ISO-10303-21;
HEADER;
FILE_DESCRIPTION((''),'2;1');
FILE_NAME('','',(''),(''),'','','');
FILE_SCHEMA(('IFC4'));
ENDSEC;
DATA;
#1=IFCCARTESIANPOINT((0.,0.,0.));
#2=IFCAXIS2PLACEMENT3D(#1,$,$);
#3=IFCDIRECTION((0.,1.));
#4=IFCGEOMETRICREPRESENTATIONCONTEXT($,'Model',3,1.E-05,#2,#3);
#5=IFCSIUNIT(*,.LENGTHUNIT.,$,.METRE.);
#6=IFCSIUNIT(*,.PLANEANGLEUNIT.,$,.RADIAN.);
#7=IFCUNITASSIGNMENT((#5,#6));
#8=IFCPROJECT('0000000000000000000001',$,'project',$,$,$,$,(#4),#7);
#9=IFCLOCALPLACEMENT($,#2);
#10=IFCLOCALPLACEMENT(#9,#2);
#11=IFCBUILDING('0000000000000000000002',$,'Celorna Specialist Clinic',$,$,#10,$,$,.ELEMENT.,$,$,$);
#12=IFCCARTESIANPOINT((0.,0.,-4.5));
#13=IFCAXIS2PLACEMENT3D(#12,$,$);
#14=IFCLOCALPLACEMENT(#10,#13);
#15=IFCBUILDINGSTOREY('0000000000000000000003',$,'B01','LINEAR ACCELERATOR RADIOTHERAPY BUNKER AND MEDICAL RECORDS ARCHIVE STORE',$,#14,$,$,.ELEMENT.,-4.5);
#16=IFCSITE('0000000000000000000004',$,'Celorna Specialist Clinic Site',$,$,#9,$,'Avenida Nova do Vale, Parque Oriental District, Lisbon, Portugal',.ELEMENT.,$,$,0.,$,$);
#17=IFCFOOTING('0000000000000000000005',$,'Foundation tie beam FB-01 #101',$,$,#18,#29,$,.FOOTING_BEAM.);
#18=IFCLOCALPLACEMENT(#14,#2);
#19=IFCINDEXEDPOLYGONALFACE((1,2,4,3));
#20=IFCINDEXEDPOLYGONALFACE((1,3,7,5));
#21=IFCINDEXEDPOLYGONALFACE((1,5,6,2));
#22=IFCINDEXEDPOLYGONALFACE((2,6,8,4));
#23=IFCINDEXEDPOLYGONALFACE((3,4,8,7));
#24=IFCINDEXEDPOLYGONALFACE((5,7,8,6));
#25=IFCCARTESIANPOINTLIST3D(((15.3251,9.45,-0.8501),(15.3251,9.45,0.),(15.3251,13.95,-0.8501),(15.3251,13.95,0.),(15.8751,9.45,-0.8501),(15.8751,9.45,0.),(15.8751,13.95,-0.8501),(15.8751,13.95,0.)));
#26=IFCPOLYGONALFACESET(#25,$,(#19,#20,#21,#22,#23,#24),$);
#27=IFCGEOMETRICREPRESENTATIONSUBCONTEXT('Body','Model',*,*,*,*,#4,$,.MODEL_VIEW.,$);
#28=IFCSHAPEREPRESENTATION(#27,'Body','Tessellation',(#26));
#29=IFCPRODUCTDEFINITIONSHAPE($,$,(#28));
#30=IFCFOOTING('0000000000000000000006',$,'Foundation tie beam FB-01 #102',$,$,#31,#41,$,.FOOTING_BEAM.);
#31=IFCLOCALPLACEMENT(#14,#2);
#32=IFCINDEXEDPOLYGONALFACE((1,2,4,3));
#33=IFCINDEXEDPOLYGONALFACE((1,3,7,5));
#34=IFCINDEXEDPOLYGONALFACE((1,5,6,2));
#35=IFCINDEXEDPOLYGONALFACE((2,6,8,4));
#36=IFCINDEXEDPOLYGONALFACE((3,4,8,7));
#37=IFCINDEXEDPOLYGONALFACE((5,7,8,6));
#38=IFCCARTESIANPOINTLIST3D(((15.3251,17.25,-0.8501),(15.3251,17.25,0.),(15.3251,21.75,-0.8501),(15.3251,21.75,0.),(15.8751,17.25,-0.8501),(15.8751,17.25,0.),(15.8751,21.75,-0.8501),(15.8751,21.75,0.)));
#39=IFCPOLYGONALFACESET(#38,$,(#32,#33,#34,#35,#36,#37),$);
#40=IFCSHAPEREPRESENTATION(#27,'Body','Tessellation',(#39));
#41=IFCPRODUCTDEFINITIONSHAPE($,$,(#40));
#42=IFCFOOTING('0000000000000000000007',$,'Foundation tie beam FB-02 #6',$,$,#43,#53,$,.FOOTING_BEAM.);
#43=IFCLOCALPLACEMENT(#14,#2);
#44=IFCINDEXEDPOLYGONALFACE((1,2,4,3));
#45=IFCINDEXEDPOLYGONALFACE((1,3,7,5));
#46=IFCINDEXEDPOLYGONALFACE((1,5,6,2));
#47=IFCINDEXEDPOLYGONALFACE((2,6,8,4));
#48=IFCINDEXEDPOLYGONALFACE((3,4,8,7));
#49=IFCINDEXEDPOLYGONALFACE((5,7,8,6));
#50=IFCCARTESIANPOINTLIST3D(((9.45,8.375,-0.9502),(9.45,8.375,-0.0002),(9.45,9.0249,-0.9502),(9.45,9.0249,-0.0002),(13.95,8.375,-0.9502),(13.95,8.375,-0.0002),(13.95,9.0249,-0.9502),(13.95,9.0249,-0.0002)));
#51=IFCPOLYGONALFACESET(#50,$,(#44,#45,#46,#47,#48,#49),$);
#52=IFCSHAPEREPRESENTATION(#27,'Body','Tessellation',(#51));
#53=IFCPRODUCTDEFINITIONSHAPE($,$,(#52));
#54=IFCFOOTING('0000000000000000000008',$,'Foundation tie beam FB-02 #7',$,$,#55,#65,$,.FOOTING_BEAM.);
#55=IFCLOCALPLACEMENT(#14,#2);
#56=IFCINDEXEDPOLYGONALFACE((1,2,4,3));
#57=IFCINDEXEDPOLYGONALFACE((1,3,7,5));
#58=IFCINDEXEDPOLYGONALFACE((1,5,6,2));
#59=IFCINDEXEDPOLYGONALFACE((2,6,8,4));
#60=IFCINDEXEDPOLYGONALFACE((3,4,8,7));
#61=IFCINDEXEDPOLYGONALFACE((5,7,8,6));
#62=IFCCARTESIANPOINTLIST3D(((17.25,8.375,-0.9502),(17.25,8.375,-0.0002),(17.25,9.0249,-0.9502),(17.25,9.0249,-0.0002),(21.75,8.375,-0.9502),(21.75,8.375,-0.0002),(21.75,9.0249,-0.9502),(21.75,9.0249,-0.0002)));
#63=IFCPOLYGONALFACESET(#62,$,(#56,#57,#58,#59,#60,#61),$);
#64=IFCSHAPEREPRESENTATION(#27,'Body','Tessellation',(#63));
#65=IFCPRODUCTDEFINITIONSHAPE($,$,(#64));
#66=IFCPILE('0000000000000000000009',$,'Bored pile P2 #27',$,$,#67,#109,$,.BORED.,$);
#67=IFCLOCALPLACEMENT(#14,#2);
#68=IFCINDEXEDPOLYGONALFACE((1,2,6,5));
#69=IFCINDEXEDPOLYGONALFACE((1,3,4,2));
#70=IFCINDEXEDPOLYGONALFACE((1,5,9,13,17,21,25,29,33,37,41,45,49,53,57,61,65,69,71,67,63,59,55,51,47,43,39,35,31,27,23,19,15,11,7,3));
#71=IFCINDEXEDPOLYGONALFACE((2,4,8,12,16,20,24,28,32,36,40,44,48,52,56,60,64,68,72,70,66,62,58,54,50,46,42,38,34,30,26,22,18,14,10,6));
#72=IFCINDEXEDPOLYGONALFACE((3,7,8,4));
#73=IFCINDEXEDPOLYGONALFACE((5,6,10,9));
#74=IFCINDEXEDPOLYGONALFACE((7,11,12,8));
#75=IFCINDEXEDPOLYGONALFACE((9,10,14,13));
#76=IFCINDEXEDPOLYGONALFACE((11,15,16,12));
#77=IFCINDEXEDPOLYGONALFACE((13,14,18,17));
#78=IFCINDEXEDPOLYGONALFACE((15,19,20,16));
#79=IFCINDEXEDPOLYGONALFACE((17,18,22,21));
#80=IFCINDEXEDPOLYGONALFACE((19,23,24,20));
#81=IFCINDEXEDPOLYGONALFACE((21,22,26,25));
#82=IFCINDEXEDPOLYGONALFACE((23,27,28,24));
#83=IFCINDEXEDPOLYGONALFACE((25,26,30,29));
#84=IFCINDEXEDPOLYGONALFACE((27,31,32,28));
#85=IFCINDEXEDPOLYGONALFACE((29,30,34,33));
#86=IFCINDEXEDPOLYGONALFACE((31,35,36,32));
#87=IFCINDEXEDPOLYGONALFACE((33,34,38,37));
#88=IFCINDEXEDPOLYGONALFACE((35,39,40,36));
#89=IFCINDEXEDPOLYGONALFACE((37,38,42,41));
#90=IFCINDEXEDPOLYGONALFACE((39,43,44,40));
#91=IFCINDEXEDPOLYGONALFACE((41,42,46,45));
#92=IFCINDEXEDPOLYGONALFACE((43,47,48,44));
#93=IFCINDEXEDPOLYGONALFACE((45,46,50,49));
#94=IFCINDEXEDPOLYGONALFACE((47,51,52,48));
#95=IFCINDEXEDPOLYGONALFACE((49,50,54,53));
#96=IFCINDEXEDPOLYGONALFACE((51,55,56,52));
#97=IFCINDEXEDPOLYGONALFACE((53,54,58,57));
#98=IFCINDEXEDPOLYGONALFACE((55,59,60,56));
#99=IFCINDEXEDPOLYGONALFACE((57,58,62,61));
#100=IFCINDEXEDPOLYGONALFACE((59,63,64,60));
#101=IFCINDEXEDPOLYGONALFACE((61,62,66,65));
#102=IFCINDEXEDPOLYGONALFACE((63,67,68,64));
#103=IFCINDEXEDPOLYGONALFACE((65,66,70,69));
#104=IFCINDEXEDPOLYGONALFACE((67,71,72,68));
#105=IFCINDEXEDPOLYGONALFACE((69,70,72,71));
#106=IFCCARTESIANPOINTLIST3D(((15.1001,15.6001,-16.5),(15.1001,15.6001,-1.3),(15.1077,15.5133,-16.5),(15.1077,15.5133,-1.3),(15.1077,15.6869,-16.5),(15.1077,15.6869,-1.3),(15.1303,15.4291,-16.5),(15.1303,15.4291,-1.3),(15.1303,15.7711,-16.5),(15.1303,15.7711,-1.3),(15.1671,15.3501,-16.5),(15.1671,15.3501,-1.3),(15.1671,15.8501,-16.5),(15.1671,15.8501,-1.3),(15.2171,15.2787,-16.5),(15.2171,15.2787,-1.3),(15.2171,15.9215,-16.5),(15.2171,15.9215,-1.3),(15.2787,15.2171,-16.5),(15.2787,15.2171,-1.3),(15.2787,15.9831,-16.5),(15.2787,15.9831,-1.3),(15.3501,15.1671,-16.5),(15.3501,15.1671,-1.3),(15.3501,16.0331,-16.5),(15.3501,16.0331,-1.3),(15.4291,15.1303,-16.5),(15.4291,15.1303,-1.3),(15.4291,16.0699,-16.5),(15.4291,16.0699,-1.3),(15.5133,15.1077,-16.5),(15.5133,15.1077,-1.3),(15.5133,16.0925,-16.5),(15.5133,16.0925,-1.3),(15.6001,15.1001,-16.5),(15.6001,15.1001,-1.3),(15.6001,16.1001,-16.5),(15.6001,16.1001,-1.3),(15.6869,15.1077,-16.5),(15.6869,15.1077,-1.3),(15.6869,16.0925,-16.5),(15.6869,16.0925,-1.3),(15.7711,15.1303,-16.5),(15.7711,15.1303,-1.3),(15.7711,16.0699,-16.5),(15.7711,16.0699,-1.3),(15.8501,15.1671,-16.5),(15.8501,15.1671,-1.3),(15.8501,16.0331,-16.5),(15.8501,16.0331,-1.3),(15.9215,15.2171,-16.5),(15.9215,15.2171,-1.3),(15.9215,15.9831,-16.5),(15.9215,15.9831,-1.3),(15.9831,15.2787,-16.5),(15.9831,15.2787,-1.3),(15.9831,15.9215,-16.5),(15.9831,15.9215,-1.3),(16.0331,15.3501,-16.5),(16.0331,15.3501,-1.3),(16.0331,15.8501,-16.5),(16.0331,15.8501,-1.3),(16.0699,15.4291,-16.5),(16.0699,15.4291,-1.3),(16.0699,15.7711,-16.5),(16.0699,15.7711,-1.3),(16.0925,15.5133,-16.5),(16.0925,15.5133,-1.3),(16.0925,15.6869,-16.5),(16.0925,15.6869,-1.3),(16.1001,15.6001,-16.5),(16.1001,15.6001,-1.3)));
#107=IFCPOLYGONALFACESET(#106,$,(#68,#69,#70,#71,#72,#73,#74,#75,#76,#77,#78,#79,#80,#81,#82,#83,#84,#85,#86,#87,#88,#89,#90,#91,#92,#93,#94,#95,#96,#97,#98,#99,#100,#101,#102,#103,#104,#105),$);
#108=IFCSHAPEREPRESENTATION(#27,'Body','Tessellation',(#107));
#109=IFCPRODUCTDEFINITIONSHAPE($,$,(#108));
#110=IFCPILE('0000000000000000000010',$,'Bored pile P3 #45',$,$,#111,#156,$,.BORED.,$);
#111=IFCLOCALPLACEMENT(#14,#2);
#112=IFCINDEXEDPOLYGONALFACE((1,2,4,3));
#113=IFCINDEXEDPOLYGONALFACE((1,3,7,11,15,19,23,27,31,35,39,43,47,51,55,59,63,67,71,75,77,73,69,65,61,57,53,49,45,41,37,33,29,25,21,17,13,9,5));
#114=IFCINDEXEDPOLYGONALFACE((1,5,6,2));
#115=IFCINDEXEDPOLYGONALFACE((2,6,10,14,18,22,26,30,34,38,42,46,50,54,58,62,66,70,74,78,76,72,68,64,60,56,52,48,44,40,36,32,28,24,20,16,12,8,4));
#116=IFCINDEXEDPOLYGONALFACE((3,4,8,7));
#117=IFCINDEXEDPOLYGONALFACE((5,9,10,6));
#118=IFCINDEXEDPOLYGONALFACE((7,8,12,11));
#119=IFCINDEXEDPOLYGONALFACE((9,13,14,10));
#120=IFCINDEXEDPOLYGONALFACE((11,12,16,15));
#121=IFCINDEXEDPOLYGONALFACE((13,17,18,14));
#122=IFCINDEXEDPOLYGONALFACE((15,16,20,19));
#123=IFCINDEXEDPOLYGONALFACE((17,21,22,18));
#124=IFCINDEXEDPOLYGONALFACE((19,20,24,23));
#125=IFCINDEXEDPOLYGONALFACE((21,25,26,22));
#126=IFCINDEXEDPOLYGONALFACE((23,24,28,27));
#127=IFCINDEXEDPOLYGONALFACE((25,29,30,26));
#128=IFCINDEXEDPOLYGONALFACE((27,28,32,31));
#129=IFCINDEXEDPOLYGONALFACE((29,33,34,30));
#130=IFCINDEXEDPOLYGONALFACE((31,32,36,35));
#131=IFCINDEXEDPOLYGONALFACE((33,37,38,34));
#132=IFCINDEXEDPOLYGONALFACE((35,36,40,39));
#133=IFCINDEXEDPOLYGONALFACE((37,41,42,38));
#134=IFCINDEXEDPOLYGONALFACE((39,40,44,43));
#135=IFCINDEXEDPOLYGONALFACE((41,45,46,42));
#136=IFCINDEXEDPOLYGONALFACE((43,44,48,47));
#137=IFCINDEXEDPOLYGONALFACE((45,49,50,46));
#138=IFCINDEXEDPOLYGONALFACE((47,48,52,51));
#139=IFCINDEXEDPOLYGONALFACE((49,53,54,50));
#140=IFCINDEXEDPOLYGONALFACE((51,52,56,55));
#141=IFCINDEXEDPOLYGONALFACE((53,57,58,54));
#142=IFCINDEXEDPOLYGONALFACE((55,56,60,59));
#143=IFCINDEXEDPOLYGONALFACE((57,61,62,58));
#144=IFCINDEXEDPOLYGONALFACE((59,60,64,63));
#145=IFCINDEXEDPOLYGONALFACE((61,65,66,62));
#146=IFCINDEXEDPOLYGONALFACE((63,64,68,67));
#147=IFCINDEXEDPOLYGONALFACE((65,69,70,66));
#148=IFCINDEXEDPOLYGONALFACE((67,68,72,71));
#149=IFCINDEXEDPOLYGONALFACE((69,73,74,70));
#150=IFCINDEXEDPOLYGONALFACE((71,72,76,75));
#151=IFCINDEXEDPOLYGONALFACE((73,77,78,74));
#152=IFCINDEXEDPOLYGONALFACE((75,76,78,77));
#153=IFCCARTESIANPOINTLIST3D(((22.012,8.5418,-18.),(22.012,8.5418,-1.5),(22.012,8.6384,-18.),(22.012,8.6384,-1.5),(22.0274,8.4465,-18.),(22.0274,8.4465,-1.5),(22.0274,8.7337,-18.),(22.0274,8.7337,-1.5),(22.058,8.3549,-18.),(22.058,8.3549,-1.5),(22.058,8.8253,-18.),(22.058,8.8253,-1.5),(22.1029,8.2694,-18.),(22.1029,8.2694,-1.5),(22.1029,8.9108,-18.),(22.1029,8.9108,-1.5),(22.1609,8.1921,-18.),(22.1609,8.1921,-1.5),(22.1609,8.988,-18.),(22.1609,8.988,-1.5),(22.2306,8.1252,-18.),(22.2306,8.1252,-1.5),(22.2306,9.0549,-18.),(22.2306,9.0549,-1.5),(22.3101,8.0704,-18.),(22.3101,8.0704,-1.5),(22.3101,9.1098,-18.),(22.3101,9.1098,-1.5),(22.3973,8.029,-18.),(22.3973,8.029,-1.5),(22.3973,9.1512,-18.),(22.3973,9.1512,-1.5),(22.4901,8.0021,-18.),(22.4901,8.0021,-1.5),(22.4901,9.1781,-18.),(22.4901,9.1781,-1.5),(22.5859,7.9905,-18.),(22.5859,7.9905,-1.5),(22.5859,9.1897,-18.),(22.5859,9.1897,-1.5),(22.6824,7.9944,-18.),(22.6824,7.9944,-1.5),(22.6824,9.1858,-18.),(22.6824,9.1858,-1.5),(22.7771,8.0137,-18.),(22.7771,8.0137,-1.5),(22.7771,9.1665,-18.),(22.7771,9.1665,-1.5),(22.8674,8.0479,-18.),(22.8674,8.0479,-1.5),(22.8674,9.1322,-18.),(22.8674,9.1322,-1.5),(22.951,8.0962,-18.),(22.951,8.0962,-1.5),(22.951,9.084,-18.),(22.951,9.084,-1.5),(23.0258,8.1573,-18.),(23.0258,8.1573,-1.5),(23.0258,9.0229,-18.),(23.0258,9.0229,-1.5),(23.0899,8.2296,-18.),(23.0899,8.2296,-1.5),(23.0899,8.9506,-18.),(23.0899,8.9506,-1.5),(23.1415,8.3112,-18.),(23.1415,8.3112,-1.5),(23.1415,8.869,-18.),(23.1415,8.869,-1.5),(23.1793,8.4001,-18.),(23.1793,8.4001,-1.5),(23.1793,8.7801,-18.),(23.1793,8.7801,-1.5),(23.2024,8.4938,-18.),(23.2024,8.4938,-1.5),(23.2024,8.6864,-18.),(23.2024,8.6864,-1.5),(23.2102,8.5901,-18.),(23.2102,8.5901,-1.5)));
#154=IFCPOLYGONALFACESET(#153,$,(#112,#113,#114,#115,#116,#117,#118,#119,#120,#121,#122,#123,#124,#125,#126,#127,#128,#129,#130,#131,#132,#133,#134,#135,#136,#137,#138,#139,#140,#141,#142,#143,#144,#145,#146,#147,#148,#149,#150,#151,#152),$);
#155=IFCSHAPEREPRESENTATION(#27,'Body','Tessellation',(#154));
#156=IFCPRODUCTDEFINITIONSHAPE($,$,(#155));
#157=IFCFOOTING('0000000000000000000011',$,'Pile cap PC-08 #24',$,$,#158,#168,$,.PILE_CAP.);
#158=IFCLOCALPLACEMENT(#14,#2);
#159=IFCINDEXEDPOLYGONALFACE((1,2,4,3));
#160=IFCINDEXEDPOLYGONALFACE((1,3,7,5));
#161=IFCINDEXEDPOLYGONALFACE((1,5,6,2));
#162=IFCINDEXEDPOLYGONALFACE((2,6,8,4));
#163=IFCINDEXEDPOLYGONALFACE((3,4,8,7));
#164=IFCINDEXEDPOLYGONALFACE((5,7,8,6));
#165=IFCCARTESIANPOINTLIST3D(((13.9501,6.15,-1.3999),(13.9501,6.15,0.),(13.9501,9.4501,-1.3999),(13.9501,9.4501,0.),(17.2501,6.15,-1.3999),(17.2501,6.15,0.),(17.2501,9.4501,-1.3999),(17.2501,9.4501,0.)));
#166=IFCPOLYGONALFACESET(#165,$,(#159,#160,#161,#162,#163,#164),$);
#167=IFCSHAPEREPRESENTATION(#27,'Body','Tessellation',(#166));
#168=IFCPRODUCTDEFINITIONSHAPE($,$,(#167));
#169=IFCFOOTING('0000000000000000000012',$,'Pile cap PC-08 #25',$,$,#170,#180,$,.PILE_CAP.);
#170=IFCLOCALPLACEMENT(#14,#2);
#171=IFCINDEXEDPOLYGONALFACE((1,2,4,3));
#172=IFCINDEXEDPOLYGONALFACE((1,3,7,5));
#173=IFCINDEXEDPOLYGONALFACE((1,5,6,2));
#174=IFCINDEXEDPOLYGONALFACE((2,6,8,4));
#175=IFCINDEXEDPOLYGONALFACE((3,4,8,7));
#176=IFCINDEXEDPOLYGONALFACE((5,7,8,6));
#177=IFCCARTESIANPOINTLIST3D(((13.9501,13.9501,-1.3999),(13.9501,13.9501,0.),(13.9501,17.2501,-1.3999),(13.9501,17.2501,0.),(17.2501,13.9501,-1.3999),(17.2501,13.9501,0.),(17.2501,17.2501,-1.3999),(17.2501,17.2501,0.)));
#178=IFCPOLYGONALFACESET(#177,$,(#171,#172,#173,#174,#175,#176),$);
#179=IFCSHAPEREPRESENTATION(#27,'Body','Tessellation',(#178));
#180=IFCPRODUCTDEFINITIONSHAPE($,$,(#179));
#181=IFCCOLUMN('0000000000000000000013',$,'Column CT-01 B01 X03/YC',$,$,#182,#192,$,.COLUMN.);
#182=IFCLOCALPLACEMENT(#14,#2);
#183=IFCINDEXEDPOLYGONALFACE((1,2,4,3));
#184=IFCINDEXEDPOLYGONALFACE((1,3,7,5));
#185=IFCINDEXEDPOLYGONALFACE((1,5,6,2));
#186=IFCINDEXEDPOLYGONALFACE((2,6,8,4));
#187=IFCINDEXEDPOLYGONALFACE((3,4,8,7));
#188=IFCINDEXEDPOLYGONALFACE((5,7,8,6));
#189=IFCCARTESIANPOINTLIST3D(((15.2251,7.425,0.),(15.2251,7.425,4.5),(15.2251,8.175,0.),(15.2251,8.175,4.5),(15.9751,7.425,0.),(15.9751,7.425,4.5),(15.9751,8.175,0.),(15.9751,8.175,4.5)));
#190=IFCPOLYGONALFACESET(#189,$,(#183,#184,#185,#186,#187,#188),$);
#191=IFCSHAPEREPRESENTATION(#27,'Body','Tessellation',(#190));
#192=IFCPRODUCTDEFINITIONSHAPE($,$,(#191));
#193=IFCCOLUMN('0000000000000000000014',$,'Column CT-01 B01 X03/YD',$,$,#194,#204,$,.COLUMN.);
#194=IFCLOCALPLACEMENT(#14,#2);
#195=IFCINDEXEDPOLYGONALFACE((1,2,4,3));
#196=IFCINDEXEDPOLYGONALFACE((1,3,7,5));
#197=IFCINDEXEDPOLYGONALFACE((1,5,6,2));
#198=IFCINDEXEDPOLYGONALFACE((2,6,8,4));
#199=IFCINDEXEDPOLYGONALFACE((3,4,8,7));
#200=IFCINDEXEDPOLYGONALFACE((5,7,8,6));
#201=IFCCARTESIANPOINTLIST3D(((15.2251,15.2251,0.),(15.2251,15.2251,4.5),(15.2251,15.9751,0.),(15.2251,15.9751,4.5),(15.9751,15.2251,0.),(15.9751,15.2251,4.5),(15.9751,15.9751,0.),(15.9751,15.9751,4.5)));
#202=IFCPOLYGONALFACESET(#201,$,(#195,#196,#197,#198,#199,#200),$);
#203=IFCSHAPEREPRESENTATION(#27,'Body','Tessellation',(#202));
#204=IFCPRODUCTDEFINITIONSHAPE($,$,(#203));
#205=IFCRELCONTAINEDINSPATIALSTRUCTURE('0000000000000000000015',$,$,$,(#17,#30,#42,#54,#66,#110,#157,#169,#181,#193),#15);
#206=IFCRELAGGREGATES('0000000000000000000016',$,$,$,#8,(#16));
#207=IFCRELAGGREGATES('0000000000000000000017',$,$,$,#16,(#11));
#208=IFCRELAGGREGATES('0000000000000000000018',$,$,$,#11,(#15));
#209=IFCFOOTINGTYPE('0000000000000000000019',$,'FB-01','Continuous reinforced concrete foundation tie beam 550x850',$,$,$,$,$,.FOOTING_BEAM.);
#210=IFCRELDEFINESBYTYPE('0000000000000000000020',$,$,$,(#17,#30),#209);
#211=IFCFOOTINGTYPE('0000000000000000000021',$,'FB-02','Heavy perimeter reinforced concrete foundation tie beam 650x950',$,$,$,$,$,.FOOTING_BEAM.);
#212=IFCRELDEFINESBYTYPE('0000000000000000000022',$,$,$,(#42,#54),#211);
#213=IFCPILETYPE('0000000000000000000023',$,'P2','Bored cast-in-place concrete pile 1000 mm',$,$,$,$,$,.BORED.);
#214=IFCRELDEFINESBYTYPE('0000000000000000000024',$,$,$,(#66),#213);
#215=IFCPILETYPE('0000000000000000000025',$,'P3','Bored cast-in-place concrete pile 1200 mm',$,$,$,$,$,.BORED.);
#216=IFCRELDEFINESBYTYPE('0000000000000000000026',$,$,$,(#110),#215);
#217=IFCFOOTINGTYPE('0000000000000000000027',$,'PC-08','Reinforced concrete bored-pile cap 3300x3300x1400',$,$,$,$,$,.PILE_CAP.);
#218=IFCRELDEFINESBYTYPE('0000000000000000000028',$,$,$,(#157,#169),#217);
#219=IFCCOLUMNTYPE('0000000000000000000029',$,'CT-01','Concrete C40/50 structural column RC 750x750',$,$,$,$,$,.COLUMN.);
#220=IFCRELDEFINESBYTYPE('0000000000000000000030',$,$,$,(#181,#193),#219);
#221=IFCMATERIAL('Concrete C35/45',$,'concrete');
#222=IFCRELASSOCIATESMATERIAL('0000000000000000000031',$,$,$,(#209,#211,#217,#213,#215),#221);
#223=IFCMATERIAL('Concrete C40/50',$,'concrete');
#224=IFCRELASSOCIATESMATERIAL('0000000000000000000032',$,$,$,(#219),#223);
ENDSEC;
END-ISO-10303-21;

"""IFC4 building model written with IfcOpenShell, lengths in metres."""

from ifc_helpers import new_model, si_unit, direction, frame, origin, origin_2d, place, context, subcontext, project, spatial, rectangle, circle, extrude, material, material_profile, profile_set, type_object, element, save


model = new_model("IFC4")

# Units and contexts
model_context = context("Model", 3, precision=1e-05, world=origin(), true_north=direction((0.0, 1.0)))
body_context = subcontext(model_context, "Body", "Model", "MODEL_VIEW")
ifc_project = project(units=[si_unit("LENGTHUNIT", "METRE"), si_unit("PLANEANGLEUNIT", "RADIAN")], contexts=[model_context])

# Site, building, storey
site_placement = place(None, origin())
site = spatial("IfcSite", under=ifc_project, at=site_placement, Name="Celorna Specialist Clinic Site", LongName="Avenida Nova do Vale, Parque Oriental District, Lisbon, Portugal", CompositionType="ELEMENT", RefElevation=0.0)
building_placement = place(site_placement, origin())
building = spatial("IfcBuilding", under=site, at=building_placement, Name="Celorna Specialist Clinic", CompositionType="ELEMENT")
storey_placement = place(building_placement, frame((0.0, 0.0, -4.5)))
storey = spatial("IfcBuildingStorey", under=building, at=storey_placement, Name="B01", Description="LINEAR ACCELERATOR RADIOTHERAPY BUNKER AND MEDICAL RECORDS ARCHIVE STORE", CompositionType="ELEMENT", Elevation=-4.5)

# Footings
ifc_material_1 = material(Name="Concrete C35/45", Category="concrete")
footing_type_1 = type_object("IfcFootingType", Name="FB-01", Description="Continuous reinforced concrete foundation tie beam 550x850", PredefinedType="FOOTING_BEAM", material=ifc_material_1)
for number, where, z_axis, x_axis, name in (
    (1, (15.6001, 11.7, -0.8501), (0.0, 0.0, 1.0), (0.0, 1.0, 0.0), "Foundation tie beam FB-01 #101"),
    (2, (15.6001, 19.5, -0.8501), (0.0, 0.0, 1.0), (0.0, 1.0, 0.0), "Foundation tie beam FB-01 #102"),
):
    element("IfcFooting", number, at=place(storey_placement, frame(where, z_axis=z_axis, x_axis=x_axis)), inside=storey, type_object=footing_type_1, Name=name, PredefinedType="FOOTING_BEAM", context=body_context, shape_type="SweptSolid", body=[
        extrude(rectangle(XDim=4.5, YDim=0.55, at=origin_2d()), origin(), (0.0, 0.0, 1.0), 0.8501),
    ])
footing_type_2 = type_object("IfcFootingType", Name="FB-02", Description="Heavy perimeter reinforced concrete foundation tie beam 650x950", PredefinedType="FOOTING_BEAM", material=ifc_material_1)
for number, where, z_axis, x_axis, name in (
    (3, (11.7, 8.7, -0.9502), (0.0, 0.0, 1.0), (1.0, 0.0, 0.0), "Foundation tie beam FB-02 #6"),
    (4, (19.5, 8.7, -0.9502), (0.0, 0.0, 1.0), (1.0, 0.0, 0.0), "Foundation tie beam FB-02 #7"),
):
    element("IfcFooting", number, at=place(storey_placement, frame(where, z_axis=z_axis, x_axis=x_axis)), inside=storey, type_object=footing_type_2, Name=name, PredefinedType="FOOTING_BEAM", context=body_context, shape_type="SweptSolid", body=[
        extrude(rectangle(XDim=4.5, YDim=0.6499, at=origin_2d()), origin(), (0.0, 0.0, 1.0), 0.95),
    ])

# Piles
ifc_material_profile_1 = material_profile(ifc_material_1, circle(Radius=0.5, at=origin_2d()), Name="BORED PILE 1000")
ifc_profile_set_1 = profile_set([ifc_material_profile_1], Name="Concrete C35/45")
pile_type_1 = type_object("IfcPileType", Name="P2", Description="Bored cast-in-place concrete pile 1000 mm", PredefinedType="BORED", material=ifc_profile_set_1)
pile_1_placement = place(storey_placement, frame((15.6001, 15.6001, -1.3), z_axis=(0.0, 0.0, -1.0), x_axis=(1.0, 0.0, 0.0)))
element("IfcPile", 5, at=pile_1_placement, inside=storey, type_object=pile_type_1, Name="Bored pile P2 #27", PredefinedType="BORED", context=body_context, shape_type="SweptSolid", body=[
    extrude(circle(Radius=0.5, at=origin_2d()), origin(), (0.0, 0.0, 1.0), 15.2),
])
ifc_material_profile_2 = material_profile(ifc_material_1, circle(Radius=0.6001, at=origin_2d()), Name="BORED PILE 1200")
ifc_profile_set_2 = profile_set([ifc_material_profile_2], Name="Concrete C35/45")
pile_type_2 = type_object("IfcPileType", Name="P3", Description="Bored cast-in-place concrete pile 1200 mm", PredefinedType="BORED", material=ifc_profile_set_2)
pile_2_placement = place(storey_placement, frame((22.6101, 8.5901, -1.5), z_axis=(0.0, 0.0, -1.0), x_axis=(1.0, 0.0, 0.0)))
element("IfcPile", 6, at=pile_2_placement, inside=storey, type_object=pile_type_2, Name="Bored pile P3 #45", PredefinedType="BORED", context=body_context, shape_type="SweptSolid", body=[
    extrude(circle(Radius=0.6001, at=origin_2d()), origin(), (0.0, 0.0, 1.0), 16.5),
])

# Footings
footing_type_3 = type_object("IfcFootingType", Name="PC-08", Description="Reinforced concrete bored-pile cap 3300x3300x1400", PredefinedType="PILE_CAP", material=ifc_material_1)
for number, where, z_axis, x_axis, name in (
    (7, (15.6001, 7.8, -1.3999), (0.0, 0.0, 1.0), (1.0, 0.0, 0.0), "Pile cap PC-08 #24"),
    (8, (15.6001, 15.6001, -1.3999), (0.0, 0.0, 1.0), (1.0, 0.0, 0.0), "Pile cap PC-08 #25"),
):
    element("IfcFooting", number, at=place(storey_placement, frame(where, z_axis=z_axis, x_axis=x_axis)), inside=storey, type_object=footing_type_3, Name=name, PredefinedType="PILE_CAP", context=body_context, shape_type="SweptSolid", body=[
        extrude(rectangle(XDim=3.3, YDim=3.3, at=origin_2d()), origin(), (0.0, 0.0, 1.0), 1.3999),
    ])

# Columns
ifc_material_2 = material(Name="Concrete C40/50", Category="concrete")
ifc_material_profile_3 = material_profile(ifc_material_2, rectangle(XDim=0.75, YDim=0.75, at=origin_2d()), Name="RC 750x750")
ifc_profile_set_3 = profile_set([ifc_material_profile_3], Name="Concrete C40/50")
column_type = type_object("IfcColumnType", Name="CT-01", Description="Concrete C40/50 structural column RC 750x750", PredefinedType="COLUMN", material=ifc_profile_set_3)
for number, where, z_axis, x_axis, name in (
    (9, (15.6001, 7.8, 0.0), (0.0, 0.0, 1.0), (1.0, 0.0, 0.0), "Column CT-01 B01 X03/YC"),
    (10, (15.6001, 15.6001, 0.0), (0.0, 0.0, 1.0), (1.0, 0.0, 0.0), "Column CT-01 B01 X03/YD"),
):
    element("IfcColumn", number, at=place(storey_placement, frame(where, z_axis=z_axis, x_axis=x_axis)), inside=storey, type_object=column_type, Name=name, PredefinedType="COLUMN", context=body_context, shape_type="SweptSolid", body=[
        extrude(rectangle(XDim=0.75, YDim=0.75, at=origin_2d()), origin(), (0.0, 0.0, 1.0), 4.5),
    ])

save(model, "model.ifc")
